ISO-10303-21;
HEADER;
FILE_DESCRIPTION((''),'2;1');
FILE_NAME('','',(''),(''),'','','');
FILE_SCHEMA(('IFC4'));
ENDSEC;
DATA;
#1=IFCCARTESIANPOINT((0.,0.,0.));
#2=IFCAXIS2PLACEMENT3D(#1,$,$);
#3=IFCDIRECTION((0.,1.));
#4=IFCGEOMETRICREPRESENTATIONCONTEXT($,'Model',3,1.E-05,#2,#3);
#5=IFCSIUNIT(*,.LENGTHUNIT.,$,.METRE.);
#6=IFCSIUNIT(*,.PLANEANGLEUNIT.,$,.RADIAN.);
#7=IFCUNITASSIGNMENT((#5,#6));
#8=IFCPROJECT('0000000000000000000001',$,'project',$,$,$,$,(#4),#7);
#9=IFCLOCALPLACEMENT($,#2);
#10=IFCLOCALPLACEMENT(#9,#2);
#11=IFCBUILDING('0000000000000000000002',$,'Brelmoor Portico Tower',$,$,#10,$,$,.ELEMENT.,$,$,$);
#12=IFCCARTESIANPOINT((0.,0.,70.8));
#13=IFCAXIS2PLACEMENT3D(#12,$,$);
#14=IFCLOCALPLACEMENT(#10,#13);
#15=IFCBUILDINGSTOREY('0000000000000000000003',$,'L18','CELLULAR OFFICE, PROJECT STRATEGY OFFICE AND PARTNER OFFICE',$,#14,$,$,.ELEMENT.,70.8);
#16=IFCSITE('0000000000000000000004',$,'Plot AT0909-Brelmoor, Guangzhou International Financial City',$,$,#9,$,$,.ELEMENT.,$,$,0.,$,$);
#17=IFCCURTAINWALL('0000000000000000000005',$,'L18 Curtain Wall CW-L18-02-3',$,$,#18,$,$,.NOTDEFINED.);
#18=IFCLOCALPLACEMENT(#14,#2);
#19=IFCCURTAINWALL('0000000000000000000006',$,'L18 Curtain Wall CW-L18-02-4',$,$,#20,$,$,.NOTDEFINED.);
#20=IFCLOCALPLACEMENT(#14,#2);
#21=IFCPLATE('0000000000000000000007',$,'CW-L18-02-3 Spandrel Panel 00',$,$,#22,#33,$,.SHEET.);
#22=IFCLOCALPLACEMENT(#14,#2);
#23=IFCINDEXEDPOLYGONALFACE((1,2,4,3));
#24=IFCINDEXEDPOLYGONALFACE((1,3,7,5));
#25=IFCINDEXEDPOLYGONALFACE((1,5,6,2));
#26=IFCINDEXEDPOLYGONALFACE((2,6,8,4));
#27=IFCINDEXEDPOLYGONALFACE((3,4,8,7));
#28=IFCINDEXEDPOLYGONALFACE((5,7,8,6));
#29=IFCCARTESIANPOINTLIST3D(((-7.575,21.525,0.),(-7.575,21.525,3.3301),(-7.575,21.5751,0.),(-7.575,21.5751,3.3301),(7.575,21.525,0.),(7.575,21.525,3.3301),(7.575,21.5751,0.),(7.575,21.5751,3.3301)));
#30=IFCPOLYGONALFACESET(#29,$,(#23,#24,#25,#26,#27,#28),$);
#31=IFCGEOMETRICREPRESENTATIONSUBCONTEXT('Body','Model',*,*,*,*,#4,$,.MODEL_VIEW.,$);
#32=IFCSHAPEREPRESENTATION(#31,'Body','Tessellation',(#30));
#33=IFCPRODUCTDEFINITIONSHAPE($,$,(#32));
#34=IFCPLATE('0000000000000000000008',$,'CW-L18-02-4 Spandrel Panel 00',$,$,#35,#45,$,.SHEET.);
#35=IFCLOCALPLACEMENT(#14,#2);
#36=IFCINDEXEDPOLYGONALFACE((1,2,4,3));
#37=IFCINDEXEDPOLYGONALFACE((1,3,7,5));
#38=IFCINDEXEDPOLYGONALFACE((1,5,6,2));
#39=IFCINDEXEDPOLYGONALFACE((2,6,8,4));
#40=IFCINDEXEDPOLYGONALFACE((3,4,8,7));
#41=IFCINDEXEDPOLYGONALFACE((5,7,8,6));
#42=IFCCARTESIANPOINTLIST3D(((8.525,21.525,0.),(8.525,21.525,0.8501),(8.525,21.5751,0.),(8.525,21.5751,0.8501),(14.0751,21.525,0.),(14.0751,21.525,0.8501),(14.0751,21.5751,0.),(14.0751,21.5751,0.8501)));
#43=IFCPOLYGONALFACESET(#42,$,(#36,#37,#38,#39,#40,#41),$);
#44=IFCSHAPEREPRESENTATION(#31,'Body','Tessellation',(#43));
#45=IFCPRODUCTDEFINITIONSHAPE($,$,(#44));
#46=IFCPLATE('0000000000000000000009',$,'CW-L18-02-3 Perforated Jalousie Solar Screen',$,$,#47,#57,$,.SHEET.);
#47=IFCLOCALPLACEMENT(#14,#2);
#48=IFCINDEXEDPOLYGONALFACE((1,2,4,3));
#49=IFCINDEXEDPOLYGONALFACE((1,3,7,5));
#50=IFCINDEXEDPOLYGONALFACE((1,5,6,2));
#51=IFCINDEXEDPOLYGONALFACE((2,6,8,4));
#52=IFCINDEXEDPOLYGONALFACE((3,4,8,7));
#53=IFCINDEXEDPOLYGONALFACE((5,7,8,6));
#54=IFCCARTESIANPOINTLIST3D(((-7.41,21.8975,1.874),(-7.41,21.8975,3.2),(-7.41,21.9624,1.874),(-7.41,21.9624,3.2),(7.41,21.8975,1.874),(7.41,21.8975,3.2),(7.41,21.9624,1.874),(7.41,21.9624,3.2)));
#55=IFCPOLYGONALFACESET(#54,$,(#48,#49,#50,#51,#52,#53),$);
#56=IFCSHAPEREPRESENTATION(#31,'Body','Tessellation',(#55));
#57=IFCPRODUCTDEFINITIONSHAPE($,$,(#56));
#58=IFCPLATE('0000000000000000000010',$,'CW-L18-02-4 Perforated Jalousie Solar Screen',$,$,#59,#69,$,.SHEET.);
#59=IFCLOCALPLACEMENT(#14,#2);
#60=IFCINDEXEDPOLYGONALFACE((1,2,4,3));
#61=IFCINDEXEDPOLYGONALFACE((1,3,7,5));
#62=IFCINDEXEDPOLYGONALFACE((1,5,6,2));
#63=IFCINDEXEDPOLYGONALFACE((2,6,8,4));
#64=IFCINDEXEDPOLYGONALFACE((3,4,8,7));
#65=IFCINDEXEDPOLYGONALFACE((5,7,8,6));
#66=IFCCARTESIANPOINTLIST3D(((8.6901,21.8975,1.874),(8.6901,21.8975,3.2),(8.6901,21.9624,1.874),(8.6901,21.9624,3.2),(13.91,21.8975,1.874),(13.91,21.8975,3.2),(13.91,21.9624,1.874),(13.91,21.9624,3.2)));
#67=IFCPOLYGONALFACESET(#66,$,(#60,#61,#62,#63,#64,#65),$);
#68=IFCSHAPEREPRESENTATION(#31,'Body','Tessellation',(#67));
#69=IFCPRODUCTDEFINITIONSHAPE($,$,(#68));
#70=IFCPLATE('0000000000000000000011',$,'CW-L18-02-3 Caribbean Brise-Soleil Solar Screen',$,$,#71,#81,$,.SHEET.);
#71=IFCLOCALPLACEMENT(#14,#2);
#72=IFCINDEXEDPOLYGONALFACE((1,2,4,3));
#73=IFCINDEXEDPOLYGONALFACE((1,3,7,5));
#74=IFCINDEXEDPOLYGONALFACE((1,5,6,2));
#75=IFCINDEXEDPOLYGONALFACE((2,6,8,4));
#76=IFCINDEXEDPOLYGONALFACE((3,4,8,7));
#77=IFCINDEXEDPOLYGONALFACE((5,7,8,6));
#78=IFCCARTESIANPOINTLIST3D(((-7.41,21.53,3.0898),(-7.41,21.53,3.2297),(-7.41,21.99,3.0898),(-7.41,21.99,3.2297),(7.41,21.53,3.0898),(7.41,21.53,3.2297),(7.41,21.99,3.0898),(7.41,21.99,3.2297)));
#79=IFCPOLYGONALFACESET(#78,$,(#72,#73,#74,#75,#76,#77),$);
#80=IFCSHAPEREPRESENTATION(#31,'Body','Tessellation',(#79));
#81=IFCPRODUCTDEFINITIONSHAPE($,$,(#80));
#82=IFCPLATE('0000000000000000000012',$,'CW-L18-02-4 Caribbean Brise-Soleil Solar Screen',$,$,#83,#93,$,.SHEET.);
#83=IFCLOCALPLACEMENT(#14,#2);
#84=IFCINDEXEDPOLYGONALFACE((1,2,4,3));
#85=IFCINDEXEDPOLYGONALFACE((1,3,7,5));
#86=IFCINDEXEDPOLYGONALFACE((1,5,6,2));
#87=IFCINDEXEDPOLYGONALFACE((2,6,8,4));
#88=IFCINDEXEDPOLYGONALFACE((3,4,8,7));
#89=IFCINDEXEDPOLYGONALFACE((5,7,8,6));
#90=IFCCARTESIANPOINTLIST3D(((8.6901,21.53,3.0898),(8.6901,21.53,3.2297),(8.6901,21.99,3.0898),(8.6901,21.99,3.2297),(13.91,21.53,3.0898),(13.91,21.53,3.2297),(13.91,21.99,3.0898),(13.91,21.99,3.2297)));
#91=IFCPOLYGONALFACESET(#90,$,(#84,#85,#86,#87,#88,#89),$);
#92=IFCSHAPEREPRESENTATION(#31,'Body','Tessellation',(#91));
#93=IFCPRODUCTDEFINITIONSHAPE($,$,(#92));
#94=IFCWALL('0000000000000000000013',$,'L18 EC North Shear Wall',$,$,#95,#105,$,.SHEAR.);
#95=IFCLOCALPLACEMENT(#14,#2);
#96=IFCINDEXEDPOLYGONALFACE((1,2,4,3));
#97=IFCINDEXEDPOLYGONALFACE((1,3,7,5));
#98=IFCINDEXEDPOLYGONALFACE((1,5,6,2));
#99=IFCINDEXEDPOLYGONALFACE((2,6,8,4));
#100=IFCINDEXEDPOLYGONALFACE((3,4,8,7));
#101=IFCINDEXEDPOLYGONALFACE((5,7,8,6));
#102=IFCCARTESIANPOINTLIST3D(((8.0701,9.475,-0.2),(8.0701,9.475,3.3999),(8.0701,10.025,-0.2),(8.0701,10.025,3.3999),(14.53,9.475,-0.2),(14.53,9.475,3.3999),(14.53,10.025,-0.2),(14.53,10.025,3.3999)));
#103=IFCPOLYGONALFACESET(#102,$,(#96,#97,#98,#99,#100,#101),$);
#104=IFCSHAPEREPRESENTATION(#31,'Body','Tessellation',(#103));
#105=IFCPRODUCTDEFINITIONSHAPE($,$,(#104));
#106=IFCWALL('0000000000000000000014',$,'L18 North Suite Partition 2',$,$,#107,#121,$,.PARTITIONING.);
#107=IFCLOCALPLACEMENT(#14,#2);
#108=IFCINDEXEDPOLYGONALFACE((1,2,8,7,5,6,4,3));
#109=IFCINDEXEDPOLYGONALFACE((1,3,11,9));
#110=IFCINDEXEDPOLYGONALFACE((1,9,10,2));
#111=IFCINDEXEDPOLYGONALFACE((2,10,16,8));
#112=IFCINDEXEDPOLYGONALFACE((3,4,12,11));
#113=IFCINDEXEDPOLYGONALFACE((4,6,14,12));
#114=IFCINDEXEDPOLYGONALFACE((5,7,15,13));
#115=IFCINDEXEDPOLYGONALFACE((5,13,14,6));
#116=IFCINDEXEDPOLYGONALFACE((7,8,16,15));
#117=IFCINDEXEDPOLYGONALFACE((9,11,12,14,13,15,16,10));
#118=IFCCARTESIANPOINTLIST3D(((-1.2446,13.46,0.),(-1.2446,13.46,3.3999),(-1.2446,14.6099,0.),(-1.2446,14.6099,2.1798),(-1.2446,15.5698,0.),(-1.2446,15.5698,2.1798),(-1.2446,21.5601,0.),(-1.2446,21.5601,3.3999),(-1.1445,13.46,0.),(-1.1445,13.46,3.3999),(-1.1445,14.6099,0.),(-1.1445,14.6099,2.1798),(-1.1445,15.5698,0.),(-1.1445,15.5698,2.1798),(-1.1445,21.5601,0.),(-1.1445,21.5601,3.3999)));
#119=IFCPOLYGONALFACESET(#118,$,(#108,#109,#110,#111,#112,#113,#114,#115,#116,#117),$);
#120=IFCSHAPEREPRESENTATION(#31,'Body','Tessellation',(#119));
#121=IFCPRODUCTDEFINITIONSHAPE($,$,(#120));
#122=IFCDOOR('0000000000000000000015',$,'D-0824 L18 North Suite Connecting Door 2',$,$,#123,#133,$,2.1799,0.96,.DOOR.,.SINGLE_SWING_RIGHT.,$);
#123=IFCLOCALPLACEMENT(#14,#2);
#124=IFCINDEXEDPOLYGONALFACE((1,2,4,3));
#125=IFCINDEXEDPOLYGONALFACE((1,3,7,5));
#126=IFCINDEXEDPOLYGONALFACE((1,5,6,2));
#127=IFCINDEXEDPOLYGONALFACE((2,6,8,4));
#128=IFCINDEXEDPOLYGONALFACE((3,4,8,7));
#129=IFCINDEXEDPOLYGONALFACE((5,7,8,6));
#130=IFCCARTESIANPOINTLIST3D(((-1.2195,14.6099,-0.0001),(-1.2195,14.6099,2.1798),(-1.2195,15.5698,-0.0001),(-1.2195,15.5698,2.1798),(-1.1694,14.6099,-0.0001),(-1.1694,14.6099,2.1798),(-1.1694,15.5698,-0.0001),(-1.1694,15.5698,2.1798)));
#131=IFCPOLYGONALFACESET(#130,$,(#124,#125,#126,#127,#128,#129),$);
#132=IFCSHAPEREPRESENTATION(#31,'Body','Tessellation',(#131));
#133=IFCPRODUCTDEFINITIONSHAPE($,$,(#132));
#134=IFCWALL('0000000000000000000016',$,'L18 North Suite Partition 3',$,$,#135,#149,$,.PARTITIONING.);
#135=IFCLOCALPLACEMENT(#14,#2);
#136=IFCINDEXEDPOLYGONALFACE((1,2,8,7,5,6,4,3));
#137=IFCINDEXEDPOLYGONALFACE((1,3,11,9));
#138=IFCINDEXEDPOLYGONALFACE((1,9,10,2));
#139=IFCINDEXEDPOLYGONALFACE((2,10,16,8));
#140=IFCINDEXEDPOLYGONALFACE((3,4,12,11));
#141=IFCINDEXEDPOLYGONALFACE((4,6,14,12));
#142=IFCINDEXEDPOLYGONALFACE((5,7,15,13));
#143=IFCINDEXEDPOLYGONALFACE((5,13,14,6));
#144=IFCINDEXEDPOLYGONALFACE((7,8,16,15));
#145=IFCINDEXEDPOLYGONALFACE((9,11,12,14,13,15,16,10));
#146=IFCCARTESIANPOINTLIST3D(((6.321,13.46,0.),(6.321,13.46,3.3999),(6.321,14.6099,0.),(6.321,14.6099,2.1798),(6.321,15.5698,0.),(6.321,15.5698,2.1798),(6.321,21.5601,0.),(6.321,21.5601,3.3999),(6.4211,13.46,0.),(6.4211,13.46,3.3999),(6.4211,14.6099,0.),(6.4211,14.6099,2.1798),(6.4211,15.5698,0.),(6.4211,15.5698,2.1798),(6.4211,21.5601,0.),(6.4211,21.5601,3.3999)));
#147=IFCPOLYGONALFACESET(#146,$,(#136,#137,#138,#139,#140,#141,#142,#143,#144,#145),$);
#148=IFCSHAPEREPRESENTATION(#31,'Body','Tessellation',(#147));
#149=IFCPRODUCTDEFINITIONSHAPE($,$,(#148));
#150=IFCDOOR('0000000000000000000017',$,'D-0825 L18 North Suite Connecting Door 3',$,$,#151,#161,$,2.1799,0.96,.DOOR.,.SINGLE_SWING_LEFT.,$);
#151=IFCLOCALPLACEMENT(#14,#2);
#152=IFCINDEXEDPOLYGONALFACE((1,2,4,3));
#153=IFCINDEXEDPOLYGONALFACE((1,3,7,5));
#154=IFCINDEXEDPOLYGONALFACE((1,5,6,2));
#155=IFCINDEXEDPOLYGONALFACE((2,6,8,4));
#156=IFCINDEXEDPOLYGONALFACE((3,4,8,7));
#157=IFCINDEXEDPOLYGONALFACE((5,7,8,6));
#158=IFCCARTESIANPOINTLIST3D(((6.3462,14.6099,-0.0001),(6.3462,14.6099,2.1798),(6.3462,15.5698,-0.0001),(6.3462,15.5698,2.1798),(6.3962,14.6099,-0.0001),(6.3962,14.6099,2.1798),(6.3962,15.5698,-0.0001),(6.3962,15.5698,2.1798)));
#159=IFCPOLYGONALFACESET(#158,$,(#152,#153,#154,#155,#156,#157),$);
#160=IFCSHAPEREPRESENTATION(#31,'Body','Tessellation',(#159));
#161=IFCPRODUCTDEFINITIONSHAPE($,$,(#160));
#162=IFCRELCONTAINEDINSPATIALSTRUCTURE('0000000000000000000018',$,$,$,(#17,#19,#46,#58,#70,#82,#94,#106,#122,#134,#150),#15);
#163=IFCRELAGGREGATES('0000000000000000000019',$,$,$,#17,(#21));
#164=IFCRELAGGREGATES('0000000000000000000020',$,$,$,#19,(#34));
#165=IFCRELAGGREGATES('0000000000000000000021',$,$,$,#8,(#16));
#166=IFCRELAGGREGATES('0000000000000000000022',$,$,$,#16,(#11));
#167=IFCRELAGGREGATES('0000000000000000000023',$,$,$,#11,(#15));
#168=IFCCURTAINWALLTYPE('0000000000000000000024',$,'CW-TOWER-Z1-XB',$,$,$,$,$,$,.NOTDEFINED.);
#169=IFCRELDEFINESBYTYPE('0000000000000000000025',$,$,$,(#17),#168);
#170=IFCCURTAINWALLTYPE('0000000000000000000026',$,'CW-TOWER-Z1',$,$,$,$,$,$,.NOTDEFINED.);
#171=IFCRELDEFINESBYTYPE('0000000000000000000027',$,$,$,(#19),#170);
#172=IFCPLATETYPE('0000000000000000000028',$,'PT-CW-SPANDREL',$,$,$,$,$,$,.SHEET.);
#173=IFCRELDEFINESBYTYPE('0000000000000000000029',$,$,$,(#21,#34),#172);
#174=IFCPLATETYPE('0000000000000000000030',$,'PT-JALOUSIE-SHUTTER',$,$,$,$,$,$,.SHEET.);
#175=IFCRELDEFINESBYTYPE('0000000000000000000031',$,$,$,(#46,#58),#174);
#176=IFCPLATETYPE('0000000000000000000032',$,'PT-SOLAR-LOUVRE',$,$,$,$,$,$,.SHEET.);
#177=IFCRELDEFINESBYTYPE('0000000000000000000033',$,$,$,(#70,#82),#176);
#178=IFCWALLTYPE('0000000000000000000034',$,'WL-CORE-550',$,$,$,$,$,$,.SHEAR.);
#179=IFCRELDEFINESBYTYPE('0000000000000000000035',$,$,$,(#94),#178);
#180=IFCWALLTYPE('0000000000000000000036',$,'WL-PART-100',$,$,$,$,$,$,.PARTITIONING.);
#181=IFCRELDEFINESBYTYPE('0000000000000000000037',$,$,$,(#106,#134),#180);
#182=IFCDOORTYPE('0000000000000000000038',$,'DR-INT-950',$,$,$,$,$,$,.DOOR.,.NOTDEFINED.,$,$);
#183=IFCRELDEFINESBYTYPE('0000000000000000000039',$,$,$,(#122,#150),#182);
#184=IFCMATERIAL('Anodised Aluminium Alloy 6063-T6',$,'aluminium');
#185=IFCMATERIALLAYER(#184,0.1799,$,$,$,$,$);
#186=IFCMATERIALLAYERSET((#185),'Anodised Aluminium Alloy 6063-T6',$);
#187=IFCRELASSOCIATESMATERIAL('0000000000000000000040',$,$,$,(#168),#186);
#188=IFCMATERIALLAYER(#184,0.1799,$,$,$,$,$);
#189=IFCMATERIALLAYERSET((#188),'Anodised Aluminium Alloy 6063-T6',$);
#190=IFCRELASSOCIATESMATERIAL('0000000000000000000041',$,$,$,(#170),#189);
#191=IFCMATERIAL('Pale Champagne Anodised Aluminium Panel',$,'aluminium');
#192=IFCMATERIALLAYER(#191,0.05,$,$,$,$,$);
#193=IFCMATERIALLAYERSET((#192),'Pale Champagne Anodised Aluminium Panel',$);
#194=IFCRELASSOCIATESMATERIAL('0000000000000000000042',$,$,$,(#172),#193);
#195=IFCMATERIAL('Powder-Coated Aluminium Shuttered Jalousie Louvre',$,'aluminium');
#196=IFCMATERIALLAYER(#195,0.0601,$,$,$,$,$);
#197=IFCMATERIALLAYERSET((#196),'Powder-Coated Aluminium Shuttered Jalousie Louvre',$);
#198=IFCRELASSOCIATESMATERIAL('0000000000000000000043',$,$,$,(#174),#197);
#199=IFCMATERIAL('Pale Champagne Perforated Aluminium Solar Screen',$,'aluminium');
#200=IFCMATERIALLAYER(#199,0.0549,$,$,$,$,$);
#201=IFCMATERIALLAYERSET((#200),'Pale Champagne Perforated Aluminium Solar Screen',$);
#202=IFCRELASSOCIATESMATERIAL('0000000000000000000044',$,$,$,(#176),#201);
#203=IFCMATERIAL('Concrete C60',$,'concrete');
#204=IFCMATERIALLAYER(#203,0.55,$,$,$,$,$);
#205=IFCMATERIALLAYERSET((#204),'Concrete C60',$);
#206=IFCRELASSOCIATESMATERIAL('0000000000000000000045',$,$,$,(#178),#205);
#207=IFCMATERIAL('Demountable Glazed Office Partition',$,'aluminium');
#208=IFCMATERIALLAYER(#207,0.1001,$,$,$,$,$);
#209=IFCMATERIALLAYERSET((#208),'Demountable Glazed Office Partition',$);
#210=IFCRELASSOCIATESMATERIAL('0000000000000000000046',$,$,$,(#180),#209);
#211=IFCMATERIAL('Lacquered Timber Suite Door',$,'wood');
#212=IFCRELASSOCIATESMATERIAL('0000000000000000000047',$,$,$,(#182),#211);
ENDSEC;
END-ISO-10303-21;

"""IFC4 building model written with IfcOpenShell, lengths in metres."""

from ifc_helpers import new_model, si_unit, direction, frame, frame_2d, origin, origin_2d, place, context, subcontext, project, spatial, rectangle, extrude, material, layer, layer_set, type_object, element, fill, aggregate, save


model = new_model("IFC4")

# Units and contexts
model_context = context("Model", 3, precision=1e-05, world=origin(), true_north=direction((0.0, 1.0)))
body_context = subcontext(model_context, "Body", "Model", "MODEL_VIEW")
ifc_project = project(units=[si_unit("LENGTHUNIT", "METRE"), si_unit("PLANEANGLEUNIT", "RADIAN")], contexts=[model_context])

# Site, building, storey
site_placement = place(None, origin())
site = spatial("IfcSite", under=ifc_project, at=site_placement, Name="Plot AT0909-Brelmoor, Guangzhou International Financial City", CompositionType="ELEMENT", RefElevation=0.0)
building_placement = place(site_placement, origin())
building = spatial("IfcBuilding", under=site, at=building_placement, Name="Brelmoor Portico Tower", CompositionType="ELEMENT")
storey_placement = place(building_placement, frame((0.0, 0.0, 70.8)))
storey = spatial("IfcBuildingStorey", under=building, at=storey_placement, Name="L18", Description="CELLULAR OFFICE, PROJECT STRATEGY OFFICE AND PARTNER OFFICE", CompositionType="ELEMENT", Elevation=70.8)

# Curtain wall
ifc_material_1 = material(Name="Anodised Aluminium Alloy 6063-T6", Category="aluminium")
ifc_layer_1 = layer(ifc_material_1, 0.1799)
ifc_layer_set_1 = layer_set([ifc_layer_1], Name="Anodised Aluminium Alloy 6063-T6")
curtain_wall_type_1 = type_object("IfcCurtainWallType", Name="CW-TOWER-Z1-XB", PredefinedType="NOTDEFINED", material=ifc_layer_set_1)
curtain_wall_1_placement = place(storey_placement, origin())
curtain_wall_1 = element("IfcCurtainWall", 1, at=curtain_wall_1_placement, inside=storey, type_object=curtain_wall_type_1, Name="L18 Curtain Wall CW-L18-02-3", PredefinedType="NOTDEFINED")

# Curtain wall
ifc_layer_2 = layer(ifc_material_1, 0.1799)
ifc_layer_set_2 = layer_set([ifc_layer_2], Name="Anodised Aluminium Alloy 6063-T6")
curtain_wall_type_2 = type_object("IfcCurtainWallType", Name="CW-TOWER-Z1", PredefinedType="NOTDEFINED", material=ifc_layer_set_2)
curtain_wall_2_placement = place(storey_placement, origin())
curtain_wall_2 = element("IfcCurtainWall", 2, at=curtain_wall_2_placement, inside=storey, type_object=curtain_wall_type_2, Name="L18 Curtain Wall CW-L18-02-4", PredefinedType="NOTDEFINED")

# Plates
ifc_material_2 = material(Name="Pale Champagne Anodised Aluminium Panel", Category="aluminium")
ifc_layer_3 = layer(ifc_material_2, 0.05)
ifc_layer_set_3 = layer_set([ifc_layer_3], Name="Pale Champagne Anodised Aluminium Panel")
plate_type_1 = type_object("IfcPlateType", Name="PT-CW-SPANDREL", PredefinedType="SHEET", material=ifc_layer_set_3)
plate_1_placement = place(storey_placement, frame((0.0, 21.55, 0.0), z_axis=(0.0, 0.0, 1.0), x_axis=(1.0, 0.0, 0.0)))
plate_1 = element("IfcPlate", 3, at=plate_1_placement, type_object=plate_type_1, Name="CW-L18-02-3 Spandrel Panel 00", PredefinedType="SHEET", context=body_context, shape_type="SweptSolid", body=[
    extrude(rectangle(XDim=15.1499, YDim=0.05, at=origin_2d()), origin(), (0.0, 0.0, 1.0), 3.3301),
])
aggregate(curtain_wall_1, [plate_1])
plate_2_placement = place(storey_placement, frame((11.3, 21.55, 0.0), z_axis=(0.0, 0.0, 1.0), x_axis=(1.0, 0.0, 0.0)))
plate_2 = element("IfcPlate", 4, at=plate_2_placement, type_object=plate_type_1, Name="CW-L18-02-4 Spandrel Panel 00", PredefinedType="SHEET", context=body_context, shape_type="SweptSolid", body=[
    extrude(rectangle(XDim=5.55, YDim=0.05, at=origin_2d()), origin(), (0.0, 0.0, 1.0), 0.8501),
])
aggregate(curtain_wall_2, [plate_2])

# Plates
ifc_material_3 = material(Name="Powder-Coated Aluminium Shuttered Jalousie Louvre", Category="aluminium")
ifc_layer_4 = layer(ifc_material_3, 0.0601)
ifc_layer_set_4 = layer_set([ifc_layer_4], Name="Powder-Coated Aluminium Shuttered Jalousie Louvre")
plate_type_2 = type_object("IfcPlateType", Name="PT-JALOUSIE-SHUTTER", PredefinedType="SHEET", material=ifc_layer_set_4)
plate_3_placement = place(storey_placement, frame((0.0, 21.9299, 1.874), z_axis=(0.0, 0.0, 1.0), x_axis=(1.0, 0.0, 0.0)))
element("IfcPlate", 5, at=plate_3_placement, inside=storey, type_object=plate_type_2, Name="CW-L18-02-3 Perforated Jalousie Solar Screen", PredefinedType="SHEET", context=body_context, shape_type="SweptSolid", body=[
    extrude(rectangle(XDim=14.8201, YDim=0.0649, at=origin_2d()), origin(), (0.0, 0.0, 1.0), 1.3259),
])
plate_4_placement = place(storey_placement, frame((11.3, 21.9299, 1.874), z_axis=(0.0, 0.0, 1.0), x_axis=(1.0, 0.0, 0.0)))
element("IfcPlate", 6, at=plate_4_placement, inside=storey, type_object=plate_type_2, Name="CW-L18-02-4 Perforated Jalousie Solar Screen", PredefinedType="SHEET", context=body_context, shape_type="SweptSolid", body=[
    extrude(rectangle(XDim=5.22, YDim=0.0649, at=origin_2d()), origin(), (0.0, 0.0, 1.0), 1.3259),
])
ifc_material_4 = material(Name="Pale Champagne Perforated Aluminium Solar Screen", Category="aluminium")
ifc_layer_5 = layer(ifc_material_4, 0.0549)
ifc_layer_set_5 = layer_set([ifc_layer_5], Name="Pale Champagne Perforated Aluminium Solar Screen")
plate_type_3 = type_object("IfcPlateType", Name="PT-SOLAR-LOUVRE", PredefinedType="SHEET", material=ifc_layer_set_5)
plate_5_placement = place(storey_placement, frame((0.0, 21.76, 3.0898), z_axis=(0.0, 0.0, 1.0), x_axis=(1.0, 0.0, 0.0)))
element("IfcPlate", 7, at=plate_5_placement, inside=storey, type_object=plate_type_3, Name="CW-L18-02-3 Caribbean Brise-Soleil Solar Screen", PredefinedType="SHEET", context=body_context, shape_type="SweptSolid", body=[
    extrude(rectangle(XDim=14.8201, YDim=0.46, at=origin_2d()), origin(), (0.0, 0.0, 1.0), 0.1399),
])
plate_6_placement = place(storey_placement, frame((11.3, 21.76, 3.0898), z_axis=(0.0, 0.0, 1.0), x_axis=(1.0, 0.0, 0.0)))
element("IfcPlate", 8, at=plate_6_placement, inside=storey, type_object=plate_type_3, Name="CW-L18-02-4 Caribbean Brise-Soleil Solar Screen", PredefinedType="SHEET", context=body_context, shape_type="SweptSolid", body=[
    extrude(rectangle(XDim=5.22, YDim=0.46, at=origin_2d()), origin(), (0.0, 0.0, 1.0), 0.1399),
])

# Wall
ifc_material_5 = material(Name="Concrete C60", Category="concrete")
ifc_layer_6 = layer(ifc_material_5, 0.55)
ifc_layer_set_6 = layer_set([ifc_layer_6], Name="Concrete C60")
wall_type_1 = type_object("IfcWallType", Name="WL-CORE-550", PredefinedType="SHEAR", material=ifc_layer_set_6)
wall_1_placement = place(storey_placement, frame((8.0701, 9.75, -0.2), z_axis=(0.0, 0.0, 1.0), x_axis=(1.0, 0.0, 0.0)))
element("IfcWall", 9, at=wall_1_placement, inside=storey, type_object=wall_type_1, Name="L18 EC North Shear Wall", PredefinedType="SHEAR", context=body_context, shape_type="SweptSolid", body=[
    extrude(rectangle(XDim=6.46, YDim=0.55, at=frame_2d((3.23, 0.0))), origin(), (0.0, 0.0, 1.0), 3.5999),
])

# Walls, openings, doors
ifc_material_6 = material(Name="Demountable Glazed Office Partition", Category="aluminium")
ifc_layer_7 = layer(ifc_material_6, 0.1001)
ifc_layer_set_7 = layer_set([ifc_layer_7], Name="Demountable Glazed Office Partition")
wall_type_2 = type_object("IfcWallType", Name="WL-PART-100", PredefinedType="PARTITIONING", material=ifc_layer_set_7)
wall_2_placement = place(storey_placement, frame((-1.1946, 13.46, 0.0), z_axis=(0.0, 0.0, 1.0), x_axis=(0.0, 1.0, 0.0)))
wall_2 = element("IfcWall", 10, at=wall_2_placement, inside=storey, type_object=wall_type_2, Name="L18 North Suite Partition 2", PredefinedType="PARTITIONING", context=body_context, shape_type="SweptSolid", body=[
    extrude(rectangle(XDim=8.1001, YDim=0.1001, at=frame_2d((4.05, 0.0))), origin(), (0.0, 0.0, 1.0), 3.3999),
])
opening_1_placement = place(wall_2_placement, frame((1.1499, 0.0, 0.0)))
opening_1 = element("IfcOpeningElement", 11, at=opening_1_placement, cuts=wall_2, PredefinedType="OPENING", context=body_context, shape_type="SweptSolid", body=[
    extrude(rectangle(XDim=0.96, YDim=2.1799, at=frame_2d((0.48, 1.0898))), frame((0.0, 0.0601, 0.0), z_axis=(0.0, -1.0, 0.0), x_axis=(1.0, 0.0, 0.0)), (0.0, 0.0, 1.0), 0.1201),
])
ifc_material_7 = material(Name="Lacquered Timber Suite Door", Category="wood")
door_type = type_object("IfcDoorType", Name="DR-INT-950", OperationType="NOTDEFINED", PredefinedType="DOOR", material=ifc_material_7)
door_1_placement = place(opening_1_placement, origin())
door_1 = element("IfcDoor", 12, at=door_1_placement, inside=storey, type_object=door_type, Name="D-0824 L18 North Suite Connecting Door 2", OperationType="SINGLE_SWING_RIGHT", OverallHeight=2.1799, OverallWidth=0.96, PredefinedType="DOOR", context=body_context, shape_type="SweptSolid", body=[
    extrude(rectangle(XDim=0.96, YDim=2.1799, at=frame_2d((0.48, 1.0898))), frame((0.0, 0.0249, 0.0), z_axis=(0.0, -1.0, 0.0), x_axis=(1.0, 0.0, 0.0)), (0.0, 0.0, 1.0), 0.05),
])
fill(opening_1, door_1)
wall_3_placement = place(storey_placement, frame((6.3711, 13.46, 0.0), z_axis=(0.0, 0.0, 1.0), x_axis=(0.0, 1.0, 0.0)))
wall_3 = element("IfcWall", 13, at=wall_3_placement, inside=storey, type_object=wall_type_2, Name="L18 North Suite Partition 3", PredefinedType="PARTITIONING", context=body_context, shape_type="SweptSolid", body=[
    extrude(rectangle(XDim=8.1001, YDim=0.1001, at=frame_2d((4.05, 0.0))), origin(), (0.0, 0.0, 1.0), 3.3999),
])
opening_2_placement = place(wall_3_placement, frame((1.1499, 0.0, 0.0)))
opening_2 = element("IfcOpeningElement", 14, at=opening_2_placement, cuts=wall_3, PredefinedType="OPENING", context=body_context, shape_type="SweptSolid", body=[
    extrude(rectangle(XDim=0.96, YDim=2.1799, at=frame_2d((0.48, 1.0898))), frame((0.0, 0.0601, 0.0), z_axis=(0.0, -1.0, 0.0), x_axis=(1.0, 0.0, 0.0)), (0.0, 0.0, 1.0), 0.1201),
])
door_2_placement = place(opening_2_placement, origin())
door_2 = element("IfcDoor", 15, at=door_2_placement, inside=storey, type_object=door_type, Name="D-0825 L18 North Suite Connecting Door 3", OperationType="SINGLE_SWING_LEFT", OverallHeight=2.1799, OverallWidth=0.96, PredefinedType="DOOR", context=body_context, shape_type="SweptSolid", body=[
    extrude(rectangle(XDim=0.96, YDim=2.1799, at=frame_2d((0.48, 1.0898))), frame((0.0, 0.0249, 0.0), z_axis=(0.0, -1.0, 0.0), x_axis=(1.0, 0.0, 0.0)), (0.0, 0.0, 1.0), 0.05),
])
fill(opening_2, door_2)

save(model, "model.ifc")
